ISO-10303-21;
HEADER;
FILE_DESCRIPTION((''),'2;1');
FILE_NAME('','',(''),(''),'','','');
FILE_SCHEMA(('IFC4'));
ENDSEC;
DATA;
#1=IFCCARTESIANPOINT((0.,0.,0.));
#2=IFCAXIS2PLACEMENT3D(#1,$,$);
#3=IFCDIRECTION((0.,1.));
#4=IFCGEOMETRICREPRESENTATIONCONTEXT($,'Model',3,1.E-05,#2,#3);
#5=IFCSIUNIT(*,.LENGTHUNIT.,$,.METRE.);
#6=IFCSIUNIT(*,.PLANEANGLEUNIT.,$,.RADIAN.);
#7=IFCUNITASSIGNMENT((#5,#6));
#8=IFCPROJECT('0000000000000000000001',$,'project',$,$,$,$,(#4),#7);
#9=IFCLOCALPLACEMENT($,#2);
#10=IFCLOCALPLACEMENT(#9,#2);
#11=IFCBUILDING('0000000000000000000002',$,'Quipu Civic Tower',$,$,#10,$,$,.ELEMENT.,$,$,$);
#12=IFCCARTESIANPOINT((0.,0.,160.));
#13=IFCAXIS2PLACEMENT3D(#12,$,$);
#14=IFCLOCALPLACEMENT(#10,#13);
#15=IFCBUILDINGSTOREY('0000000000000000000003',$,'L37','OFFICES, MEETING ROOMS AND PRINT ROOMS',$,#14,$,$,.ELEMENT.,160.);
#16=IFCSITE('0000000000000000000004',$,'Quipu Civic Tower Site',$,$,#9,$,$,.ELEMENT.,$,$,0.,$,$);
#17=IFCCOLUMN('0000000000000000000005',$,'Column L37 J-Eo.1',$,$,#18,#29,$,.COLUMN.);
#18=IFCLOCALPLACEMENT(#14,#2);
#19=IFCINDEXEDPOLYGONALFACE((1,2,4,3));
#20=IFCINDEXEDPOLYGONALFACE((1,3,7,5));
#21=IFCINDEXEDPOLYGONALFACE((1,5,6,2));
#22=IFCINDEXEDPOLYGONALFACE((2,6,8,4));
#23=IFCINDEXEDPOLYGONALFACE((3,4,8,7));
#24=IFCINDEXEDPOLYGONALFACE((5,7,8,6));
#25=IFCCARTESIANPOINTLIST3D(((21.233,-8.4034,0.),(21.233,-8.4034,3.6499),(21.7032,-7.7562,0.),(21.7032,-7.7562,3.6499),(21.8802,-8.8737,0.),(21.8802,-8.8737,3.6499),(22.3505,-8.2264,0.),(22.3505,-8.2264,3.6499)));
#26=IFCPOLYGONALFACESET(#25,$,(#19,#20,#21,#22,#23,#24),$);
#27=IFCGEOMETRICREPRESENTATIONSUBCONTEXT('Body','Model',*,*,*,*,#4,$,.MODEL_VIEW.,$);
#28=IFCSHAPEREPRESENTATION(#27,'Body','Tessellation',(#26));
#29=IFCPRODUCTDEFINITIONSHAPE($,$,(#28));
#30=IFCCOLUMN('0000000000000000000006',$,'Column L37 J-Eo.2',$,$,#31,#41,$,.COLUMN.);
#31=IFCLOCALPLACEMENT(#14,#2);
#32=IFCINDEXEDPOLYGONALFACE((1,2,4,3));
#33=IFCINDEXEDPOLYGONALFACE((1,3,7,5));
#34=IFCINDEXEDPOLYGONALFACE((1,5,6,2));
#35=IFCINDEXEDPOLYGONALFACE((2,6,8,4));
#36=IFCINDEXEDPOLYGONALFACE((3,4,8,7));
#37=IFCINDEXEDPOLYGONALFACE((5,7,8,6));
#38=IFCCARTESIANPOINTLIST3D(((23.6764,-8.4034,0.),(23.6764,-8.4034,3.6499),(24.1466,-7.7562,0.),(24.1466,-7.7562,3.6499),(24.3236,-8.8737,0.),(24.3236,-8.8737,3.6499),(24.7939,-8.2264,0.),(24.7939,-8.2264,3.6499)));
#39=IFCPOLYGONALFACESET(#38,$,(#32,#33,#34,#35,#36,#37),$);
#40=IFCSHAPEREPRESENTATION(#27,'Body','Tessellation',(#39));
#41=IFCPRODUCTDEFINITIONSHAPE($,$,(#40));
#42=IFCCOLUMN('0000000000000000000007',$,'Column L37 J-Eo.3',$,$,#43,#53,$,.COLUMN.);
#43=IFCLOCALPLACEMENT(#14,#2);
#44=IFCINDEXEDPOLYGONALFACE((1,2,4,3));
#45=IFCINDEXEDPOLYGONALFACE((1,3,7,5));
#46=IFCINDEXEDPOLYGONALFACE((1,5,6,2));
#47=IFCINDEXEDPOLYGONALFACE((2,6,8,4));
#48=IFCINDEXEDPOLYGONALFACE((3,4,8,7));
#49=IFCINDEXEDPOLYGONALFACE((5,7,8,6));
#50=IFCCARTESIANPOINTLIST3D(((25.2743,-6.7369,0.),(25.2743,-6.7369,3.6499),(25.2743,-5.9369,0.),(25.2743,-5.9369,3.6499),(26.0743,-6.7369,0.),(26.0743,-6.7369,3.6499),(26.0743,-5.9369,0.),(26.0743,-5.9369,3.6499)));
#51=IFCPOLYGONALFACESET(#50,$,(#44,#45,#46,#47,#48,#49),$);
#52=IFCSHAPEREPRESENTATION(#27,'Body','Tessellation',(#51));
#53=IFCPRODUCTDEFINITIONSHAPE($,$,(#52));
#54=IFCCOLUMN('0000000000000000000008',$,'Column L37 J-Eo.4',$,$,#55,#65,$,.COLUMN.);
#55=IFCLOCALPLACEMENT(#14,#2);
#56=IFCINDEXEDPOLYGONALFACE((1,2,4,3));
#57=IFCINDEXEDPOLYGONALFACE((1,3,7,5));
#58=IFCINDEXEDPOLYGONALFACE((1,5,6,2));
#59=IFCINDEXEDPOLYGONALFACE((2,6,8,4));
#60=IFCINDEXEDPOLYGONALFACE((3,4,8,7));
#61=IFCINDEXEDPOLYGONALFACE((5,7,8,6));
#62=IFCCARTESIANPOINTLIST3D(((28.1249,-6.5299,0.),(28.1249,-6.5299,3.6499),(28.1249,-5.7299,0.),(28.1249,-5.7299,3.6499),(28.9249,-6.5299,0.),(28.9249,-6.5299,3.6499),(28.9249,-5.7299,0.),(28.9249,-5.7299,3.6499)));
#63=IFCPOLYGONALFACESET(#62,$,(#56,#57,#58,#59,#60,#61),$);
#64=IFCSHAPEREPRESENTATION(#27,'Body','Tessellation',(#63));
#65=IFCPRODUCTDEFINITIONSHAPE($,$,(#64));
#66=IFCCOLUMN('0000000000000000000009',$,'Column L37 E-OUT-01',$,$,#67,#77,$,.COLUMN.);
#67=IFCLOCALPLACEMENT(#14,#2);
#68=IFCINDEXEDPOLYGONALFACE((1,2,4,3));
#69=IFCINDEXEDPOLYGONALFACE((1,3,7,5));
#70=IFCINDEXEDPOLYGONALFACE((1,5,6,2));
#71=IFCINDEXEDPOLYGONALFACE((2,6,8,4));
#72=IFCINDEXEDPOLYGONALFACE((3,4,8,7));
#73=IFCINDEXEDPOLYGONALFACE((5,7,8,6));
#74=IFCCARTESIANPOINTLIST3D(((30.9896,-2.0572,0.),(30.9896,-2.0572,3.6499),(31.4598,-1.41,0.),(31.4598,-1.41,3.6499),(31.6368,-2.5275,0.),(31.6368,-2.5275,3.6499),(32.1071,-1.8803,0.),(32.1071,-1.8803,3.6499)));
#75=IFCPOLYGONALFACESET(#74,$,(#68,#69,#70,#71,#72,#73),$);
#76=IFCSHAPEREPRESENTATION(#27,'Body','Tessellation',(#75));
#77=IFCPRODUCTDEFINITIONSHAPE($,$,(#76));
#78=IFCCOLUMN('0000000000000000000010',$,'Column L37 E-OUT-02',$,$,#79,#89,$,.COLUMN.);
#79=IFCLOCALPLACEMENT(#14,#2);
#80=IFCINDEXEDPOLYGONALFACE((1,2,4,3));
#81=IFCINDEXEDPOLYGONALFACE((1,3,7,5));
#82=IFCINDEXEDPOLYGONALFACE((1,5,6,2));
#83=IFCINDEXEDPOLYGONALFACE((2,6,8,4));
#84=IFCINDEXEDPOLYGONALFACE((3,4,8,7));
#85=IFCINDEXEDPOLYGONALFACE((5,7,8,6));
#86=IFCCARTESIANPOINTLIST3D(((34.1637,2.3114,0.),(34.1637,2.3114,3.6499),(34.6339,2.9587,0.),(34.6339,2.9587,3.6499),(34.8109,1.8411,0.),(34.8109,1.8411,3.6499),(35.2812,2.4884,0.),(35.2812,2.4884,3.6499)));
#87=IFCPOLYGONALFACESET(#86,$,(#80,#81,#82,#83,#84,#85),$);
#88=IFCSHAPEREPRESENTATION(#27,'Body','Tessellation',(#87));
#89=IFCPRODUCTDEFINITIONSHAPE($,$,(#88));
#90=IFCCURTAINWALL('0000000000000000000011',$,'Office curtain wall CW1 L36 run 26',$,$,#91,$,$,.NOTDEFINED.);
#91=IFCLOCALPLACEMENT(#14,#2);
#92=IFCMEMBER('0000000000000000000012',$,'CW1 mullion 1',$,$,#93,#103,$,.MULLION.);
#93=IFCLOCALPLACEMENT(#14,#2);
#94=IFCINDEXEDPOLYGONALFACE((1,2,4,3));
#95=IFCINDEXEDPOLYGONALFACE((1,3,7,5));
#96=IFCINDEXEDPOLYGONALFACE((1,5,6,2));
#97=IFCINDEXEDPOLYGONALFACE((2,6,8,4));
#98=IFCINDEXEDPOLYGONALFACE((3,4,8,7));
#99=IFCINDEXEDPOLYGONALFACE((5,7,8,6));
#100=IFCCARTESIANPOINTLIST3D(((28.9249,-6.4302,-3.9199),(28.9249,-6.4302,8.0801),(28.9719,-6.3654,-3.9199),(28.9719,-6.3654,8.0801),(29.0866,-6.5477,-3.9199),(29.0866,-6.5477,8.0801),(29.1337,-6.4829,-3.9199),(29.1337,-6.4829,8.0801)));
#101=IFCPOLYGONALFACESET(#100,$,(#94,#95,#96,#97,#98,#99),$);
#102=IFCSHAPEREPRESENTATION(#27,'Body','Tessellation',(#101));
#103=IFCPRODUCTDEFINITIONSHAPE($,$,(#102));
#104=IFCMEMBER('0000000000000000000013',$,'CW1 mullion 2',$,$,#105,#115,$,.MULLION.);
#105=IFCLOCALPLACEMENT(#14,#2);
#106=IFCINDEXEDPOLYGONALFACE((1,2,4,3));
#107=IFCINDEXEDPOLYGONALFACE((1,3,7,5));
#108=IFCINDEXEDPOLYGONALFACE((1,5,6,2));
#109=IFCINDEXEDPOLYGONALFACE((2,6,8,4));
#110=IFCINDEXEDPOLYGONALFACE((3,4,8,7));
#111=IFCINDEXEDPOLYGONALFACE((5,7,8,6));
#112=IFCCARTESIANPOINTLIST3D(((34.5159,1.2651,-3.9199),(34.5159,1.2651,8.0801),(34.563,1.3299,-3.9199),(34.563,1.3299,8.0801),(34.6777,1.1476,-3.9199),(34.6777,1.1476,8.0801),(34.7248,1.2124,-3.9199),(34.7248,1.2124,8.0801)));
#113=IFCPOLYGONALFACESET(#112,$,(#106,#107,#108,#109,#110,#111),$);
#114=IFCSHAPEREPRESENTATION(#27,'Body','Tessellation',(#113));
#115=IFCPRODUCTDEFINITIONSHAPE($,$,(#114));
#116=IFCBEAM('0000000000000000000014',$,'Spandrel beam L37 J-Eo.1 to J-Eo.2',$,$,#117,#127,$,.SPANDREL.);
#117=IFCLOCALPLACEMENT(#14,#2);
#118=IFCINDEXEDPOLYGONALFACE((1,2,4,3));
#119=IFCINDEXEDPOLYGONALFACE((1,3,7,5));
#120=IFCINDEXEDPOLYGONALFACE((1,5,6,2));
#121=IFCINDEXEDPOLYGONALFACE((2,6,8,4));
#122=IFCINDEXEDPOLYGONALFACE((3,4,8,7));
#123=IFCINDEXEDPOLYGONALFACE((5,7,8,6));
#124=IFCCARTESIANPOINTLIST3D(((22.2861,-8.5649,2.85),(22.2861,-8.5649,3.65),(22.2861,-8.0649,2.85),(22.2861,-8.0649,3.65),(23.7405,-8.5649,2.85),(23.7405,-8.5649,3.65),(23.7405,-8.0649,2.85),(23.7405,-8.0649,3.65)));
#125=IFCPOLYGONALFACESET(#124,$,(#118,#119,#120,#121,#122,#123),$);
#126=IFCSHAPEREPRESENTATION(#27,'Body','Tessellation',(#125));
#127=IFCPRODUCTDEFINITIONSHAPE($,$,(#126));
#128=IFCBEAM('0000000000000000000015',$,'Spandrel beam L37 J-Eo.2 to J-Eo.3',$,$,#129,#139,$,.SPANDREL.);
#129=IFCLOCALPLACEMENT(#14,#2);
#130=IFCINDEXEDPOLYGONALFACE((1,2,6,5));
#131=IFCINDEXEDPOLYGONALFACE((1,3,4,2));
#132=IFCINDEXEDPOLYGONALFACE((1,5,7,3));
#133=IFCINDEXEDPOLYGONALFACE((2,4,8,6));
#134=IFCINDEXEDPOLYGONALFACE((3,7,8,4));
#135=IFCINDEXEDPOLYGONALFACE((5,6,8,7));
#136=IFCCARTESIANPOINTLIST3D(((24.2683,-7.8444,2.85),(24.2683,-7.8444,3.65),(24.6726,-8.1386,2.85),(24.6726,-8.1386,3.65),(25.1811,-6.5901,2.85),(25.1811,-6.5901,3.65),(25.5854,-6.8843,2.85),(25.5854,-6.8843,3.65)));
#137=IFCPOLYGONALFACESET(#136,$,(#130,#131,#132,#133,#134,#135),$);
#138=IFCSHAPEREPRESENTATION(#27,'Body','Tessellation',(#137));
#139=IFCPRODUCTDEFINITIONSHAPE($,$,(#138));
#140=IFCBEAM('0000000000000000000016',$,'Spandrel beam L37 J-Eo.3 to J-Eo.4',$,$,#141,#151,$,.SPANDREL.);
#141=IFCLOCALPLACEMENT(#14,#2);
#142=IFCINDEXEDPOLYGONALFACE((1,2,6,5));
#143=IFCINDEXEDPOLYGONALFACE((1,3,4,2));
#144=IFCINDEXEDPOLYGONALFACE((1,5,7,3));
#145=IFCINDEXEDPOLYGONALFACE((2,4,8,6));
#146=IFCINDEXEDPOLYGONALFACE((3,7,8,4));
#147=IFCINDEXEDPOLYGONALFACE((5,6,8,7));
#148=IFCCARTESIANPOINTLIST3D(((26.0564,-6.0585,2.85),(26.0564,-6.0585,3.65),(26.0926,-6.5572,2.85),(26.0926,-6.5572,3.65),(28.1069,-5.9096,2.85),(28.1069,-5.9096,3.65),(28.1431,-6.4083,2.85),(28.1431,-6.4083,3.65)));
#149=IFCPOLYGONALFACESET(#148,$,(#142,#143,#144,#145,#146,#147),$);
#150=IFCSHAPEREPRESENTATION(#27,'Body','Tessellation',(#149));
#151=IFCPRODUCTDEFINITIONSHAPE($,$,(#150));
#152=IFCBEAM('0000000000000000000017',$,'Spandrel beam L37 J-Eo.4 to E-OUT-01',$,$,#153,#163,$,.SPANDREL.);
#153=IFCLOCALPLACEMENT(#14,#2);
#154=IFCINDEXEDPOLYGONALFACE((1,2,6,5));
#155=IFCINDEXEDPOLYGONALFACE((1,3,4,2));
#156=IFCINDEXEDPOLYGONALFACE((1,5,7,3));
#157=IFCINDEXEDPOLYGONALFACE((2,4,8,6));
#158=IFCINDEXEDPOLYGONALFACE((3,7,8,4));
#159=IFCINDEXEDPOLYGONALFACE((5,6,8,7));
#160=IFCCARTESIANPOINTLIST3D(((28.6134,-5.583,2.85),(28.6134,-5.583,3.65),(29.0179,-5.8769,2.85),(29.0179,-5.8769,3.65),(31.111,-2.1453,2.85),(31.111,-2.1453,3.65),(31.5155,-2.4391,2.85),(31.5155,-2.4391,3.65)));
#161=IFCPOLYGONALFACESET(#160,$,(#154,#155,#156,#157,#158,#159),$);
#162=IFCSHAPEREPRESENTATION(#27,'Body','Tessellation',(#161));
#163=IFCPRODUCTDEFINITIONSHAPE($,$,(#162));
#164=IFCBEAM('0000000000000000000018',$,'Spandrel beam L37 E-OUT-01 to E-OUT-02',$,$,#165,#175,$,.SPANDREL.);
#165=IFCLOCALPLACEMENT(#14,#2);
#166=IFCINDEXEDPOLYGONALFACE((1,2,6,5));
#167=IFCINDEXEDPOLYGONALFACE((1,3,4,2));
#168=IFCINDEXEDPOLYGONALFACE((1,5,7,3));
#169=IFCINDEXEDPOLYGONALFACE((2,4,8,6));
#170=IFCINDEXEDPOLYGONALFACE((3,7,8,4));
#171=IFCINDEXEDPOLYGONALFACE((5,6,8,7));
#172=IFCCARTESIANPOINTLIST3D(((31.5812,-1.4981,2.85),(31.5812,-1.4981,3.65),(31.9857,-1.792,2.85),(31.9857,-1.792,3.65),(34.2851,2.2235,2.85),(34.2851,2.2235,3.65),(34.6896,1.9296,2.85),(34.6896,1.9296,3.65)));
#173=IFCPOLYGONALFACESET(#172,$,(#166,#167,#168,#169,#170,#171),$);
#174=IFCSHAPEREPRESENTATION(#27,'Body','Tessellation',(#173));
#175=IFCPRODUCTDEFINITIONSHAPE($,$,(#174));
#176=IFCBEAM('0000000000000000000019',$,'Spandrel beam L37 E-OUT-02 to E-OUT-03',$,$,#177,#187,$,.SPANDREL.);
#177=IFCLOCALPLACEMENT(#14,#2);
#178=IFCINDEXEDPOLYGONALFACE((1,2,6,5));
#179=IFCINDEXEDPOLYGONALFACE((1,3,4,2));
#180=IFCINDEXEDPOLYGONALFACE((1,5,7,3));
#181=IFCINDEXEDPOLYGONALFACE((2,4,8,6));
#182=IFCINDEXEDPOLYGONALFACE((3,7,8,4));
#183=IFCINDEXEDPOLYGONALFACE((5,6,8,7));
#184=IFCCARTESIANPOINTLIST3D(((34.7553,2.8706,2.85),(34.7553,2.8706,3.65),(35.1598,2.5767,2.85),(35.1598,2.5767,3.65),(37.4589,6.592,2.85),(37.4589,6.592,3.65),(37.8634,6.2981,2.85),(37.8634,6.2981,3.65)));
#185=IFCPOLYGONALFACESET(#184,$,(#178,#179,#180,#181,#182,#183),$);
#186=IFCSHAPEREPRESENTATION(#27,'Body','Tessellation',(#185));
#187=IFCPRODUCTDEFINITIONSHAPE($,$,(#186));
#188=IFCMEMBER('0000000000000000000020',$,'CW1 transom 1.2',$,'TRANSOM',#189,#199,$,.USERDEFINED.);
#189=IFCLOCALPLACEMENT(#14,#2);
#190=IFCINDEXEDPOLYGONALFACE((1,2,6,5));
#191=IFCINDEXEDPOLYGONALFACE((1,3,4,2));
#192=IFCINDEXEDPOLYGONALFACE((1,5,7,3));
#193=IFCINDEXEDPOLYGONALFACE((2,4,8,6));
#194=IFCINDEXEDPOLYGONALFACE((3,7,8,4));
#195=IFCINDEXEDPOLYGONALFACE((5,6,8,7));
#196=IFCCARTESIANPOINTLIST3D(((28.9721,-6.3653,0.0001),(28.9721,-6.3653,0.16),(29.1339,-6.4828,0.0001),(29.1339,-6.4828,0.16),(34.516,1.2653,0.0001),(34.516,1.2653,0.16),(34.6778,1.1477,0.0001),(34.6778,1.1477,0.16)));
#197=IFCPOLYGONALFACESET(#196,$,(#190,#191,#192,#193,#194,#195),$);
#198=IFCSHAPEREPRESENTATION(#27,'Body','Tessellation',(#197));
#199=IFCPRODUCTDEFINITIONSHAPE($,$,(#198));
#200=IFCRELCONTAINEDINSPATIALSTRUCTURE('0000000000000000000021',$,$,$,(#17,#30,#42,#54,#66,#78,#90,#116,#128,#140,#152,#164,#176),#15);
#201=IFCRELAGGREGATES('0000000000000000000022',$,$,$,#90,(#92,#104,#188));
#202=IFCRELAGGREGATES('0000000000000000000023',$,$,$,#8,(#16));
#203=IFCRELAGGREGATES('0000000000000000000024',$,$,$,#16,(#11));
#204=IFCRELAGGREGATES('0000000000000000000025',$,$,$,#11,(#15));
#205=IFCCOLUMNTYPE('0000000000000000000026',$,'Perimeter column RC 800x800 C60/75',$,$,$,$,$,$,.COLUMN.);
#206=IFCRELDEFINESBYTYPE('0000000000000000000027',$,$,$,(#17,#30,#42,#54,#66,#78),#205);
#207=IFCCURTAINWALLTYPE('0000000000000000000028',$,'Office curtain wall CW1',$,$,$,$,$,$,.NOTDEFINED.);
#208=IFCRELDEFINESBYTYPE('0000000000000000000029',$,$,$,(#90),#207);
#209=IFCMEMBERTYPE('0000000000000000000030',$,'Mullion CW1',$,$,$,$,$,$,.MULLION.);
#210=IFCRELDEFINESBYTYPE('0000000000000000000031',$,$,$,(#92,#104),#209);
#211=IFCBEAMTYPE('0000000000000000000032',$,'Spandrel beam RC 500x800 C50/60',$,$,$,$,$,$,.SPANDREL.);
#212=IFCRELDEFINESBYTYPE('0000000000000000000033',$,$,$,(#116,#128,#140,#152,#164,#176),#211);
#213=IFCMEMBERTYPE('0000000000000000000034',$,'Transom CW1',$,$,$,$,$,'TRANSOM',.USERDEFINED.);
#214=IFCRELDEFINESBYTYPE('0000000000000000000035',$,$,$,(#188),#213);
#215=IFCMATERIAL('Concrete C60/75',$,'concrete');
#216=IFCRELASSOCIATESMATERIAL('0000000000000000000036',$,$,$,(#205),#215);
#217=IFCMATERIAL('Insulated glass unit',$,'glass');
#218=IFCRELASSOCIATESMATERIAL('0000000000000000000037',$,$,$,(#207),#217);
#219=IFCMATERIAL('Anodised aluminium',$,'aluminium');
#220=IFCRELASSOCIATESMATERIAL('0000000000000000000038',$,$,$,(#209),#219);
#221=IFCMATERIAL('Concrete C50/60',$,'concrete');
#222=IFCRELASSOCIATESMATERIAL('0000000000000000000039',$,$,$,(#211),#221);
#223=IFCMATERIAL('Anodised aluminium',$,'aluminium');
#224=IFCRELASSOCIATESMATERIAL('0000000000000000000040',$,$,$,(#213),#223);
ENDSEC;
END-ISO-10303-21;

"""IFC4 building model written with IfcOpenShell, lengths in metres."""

from ifc_helpers import new_model, si_unit, direction, frame, origin, origin_2d, place, context, subcontext, project, spatial, rectangle, extrude, material, material_profile, profile_set, type_object, element, aggregate, save


model = new_model("IFC4")

# Units and contexts
model_context = context("Model", 3, precision=1e-05, world=origin(), true_north=direction((0.0, 1.0)))
body_context = subcontext(model_context, "Body", "Model", "MODEL_VIEW")
ifc_project = project(units=[si_unit("LENGTHUNIT", "METRE"), si_unit("PLANEANGLEUNIT", "RADIAN")], contexts=[model_context])

# Site, building, storey
site_placement = place(None, origin())
site = spatial("IfcSite", under=ifc_project, at=site_placement, Name="Quipu Civic Tower Site", CompositionType="ELEMENT", RefElevation=0.0)
building_placement = place(site_placement, origin())
building = spatial("IfcBuilding", under=site, at=building_placement, Name="Quipu Civic Tower", CompositionType="ELEMENT")
storey_placement = place(building_placement, frame((0.0, 0.0, 160.0)))
storey = spatial("IfcBuildingStorey", under=building, at=storey_placement, Name="L37", Description="OFFICES, MEETING ROOMS AND PRINT ROOMS", CompositionType="ELEMENT", Elevation=160.0)

# Columns
ifc_material_1 = material(Name="Concrete C60/75", Category="concrete")
ifc_material_profile_1 = material_profile(ifc_material_1, rectangle(XDim=0.8, YDim=0.8, at=origin_2d()), Name="RC800x800")
ifc_profile_set_1 = profile_set([ifc_material_profile_1], Name="Concrete C60/75")
column_type = type_object("IfcColumnType", Name="Perimeter column RC 800x800 C60/75", PredefinedType="COLUMN", material=ifc_profile_set_1)
for number, where, z_axis, x_axis, name in (
    (1, (21.7917, -8.3149, 0.0), (0.0, 0.0, 1.0), (0.587785, 0.809017, 0.0), "Column L37 J-Eo.1"),
    (2, (24.2351, -8.3149, 0.0), (0.0, 0.0, 1.0), (0.587785, 0.809017, 0.0), "Column L37 J-Eo.2"),
    (3, (25.6743, -6.3369, 0.0), (0.0, 0.0, 1.0), (1.0, 0.0, 0.0), "Column L37 J-Eo.3"),
    (4, (28.5249, -6.1299, 0.0), (0.0, 0.0, 1.0), (1.0, 0.0, 0.0), "Column L37 J-Eo.4"),
    (5, (31.5483, -1.9688, 0.0), (0.0, 0.0, 1.0), (0.587785, 0.809017, 0.0), "Column L37 E-OUT-01"),
    (6, (34.7224, 2.3999, 0.0), (0.0, 0.0, 1.0), (0.587785, 0.809017, 0.0), "Column L37 E-OUT-02"),
):
    element("IfcColumn", number, at=place(storey_placement, frame(where, z_axis=z_axis, x_axis=x_axis)), inside=storey, type_object=column_type, Name=name, PredefinedType="COLUMN", context=body_context, shape_type="SweptSolid", body=[
        extrude(rectangle(XDim=0.8, YDim=0.8, at=origin_2d()), origin(), (0.0, 0.0, 1.0), 3.6499),
    ])

# Curtain wall, members
ifc_material_2 = material(Name="Insulated glass unit", Category="glass")
curtain_wall_type = type_object("IfcCurtainWallType", Name="Office curtain wall CW1", PredefinedType="NOTDEFINED", material=ifc_material_2)
curtain_wall_placement = place(storey_placement, origin())
curtain_wall = element("IfcCurtainWall", 7, at=curtain_wall_placement, inside=storey, type_object=curtain_wall_type, Name="Office curtain wall CW1 L36 run 26", PredefinedType="NOTDEFINED")
ifc_material_3 = material(Name="Anodised aluminium", Category="aluminium")
ifc_material_profile_2 = material_profile(ifc_material_3, rectangle(XDim=0.2, YDim=0.0801, at=origin_2d()), Name="RECT 200x80")
ifc_profile_set_2 = profile_set([ifc_material_profile_2], Name="Anodised aluminium")
member_type_1 = type_object("IfcMemberType", Name="Mullion CW1", PredefinedType="MULLION", material=ifc_profile_set_2)
member_1_placement = place(storey_placement, frame((29.0293, -6.4565, -3.9199), z_axis=(0.0, 0.0, 1.0), x_axis=(-0.809017, 0.587786, 0.0)))
member_1 = element("IfcMember", 8, at=member_1_placement, type_object=member_type_1, Name="CW1 mullion 1", PredefinedType="MULLION", context=body_context, shape_type="SweptSolid", body=[
    extrude(rectangle(XDim=0.2, YDim=0.0801, at=origin_2d()), origin(), (0.0, 0.0, 1.0), 12.0),
])
member_2_placement = place(storey_placement, frame((34.6204, 1.2388, -3.9199), z_axis=(0.0, 0.0, 1.0), x_axis=(-0.809017, 0.587786, 0.0)))
member_2 = element("IfcMember", 9, at=member_2_placement, type_object=member_type_1, Name="CW1 mullion 2", PredefinedType="MULLION", context=body_context, shape_type="SweptSolid", body=[
    extrude(rectangle(XDim=0.2, YDim=0.0801, at=origin_2d()), origin(), (0.0, 0.0, 1.0), 12.0),
])

# Beams
ifc_material_4 = material(Name="Concrete C50/60", Category="concrete")
ifc_material_profile_3 = material_profile(ifc_material_4, rectangle(XDim=0.5, YDim=0.8, at=origin_2d()), Name="RC500x800")
ifc_profile_set_3 = profile_set([ifc_material_profile_3], Name="Concrete C50/60")
beam_type = type_object("IfcBeamType", Name="Spandrel beam RC 500x800 C50/60", PredefinedType="SPANDREL", material=ifc_profile_set_3)
beam_1_placement = place(storey_placement, frame((22.2861, -8.3149, 3.25), z_axis=(1.0, 0.0, 0.0), x_axis=(0.0, 1.0, 0.0)))
element("IfcBeam", 10, at=beam_1_placement, inside=storey, type_object=beam_type, Name="Spandrel beam L37 J-Eo.1 to J-Eo.2", PredefinedType="SPANDREL", context=body_context, shape_type="SweptSolid", body=[
    extrude(rectangle(XDim=0.5, YDim=0.8, at=origin_2d()), origin(), (0.0, 0.0, 1.0), 1.4543),
])
beam_2_placement = place(storey_placement, frame((24.4705, -7.9915, 3.25), z_axis=(0.588406, 0.808566, 0.0), x_axis=(-0.808566, 0.588406, 0.0)))
element("IfcBeam", 11, at=beam_2_placement, inside=storey, type_object=beam_type, Name="Spandrel beam L37 J-Eo.2 to J-Eo.3", PredefinedType="SPANDREL", context=body_context, shape_type="SweptSolid", body=[
    extrude(rectangle(XDim=0.5, YDim=0.8, at=origin_2d()), origin(), (0.0, 0.0, 1.0), 1.5513),
])
beam_3_placement = place(storey_placement, frame((26.0745, -6.3079, 3.25), z_axis=(0.997373, 0.072437, 0.0), x_axis=(-0.072437, 0.997373, 0.0)))
element("IfcBeam", 12, at=beam_3_placement, inside=storey, type_object=beam_type, Name="Spandrel beam L37 J-Eo.3 to J-Eo.4", PredefinedType="SPANDREL", context=body_context, shape_type="SweptSolid", body=[
    extrude(rectangle(XDim=0.5, YDim=0.8, at=origin_2d()), origin(), (0.0, 0.0, 1.0), 2.0559),
])
beam_4_placement = place(storey_placement, frame((28.8157, -5.73, 3.25), z_axis=(0.587769, 0.809029, 0.0), x_axis=(-0.809029, 0.587769, 0.0)))
element("IfcBeam", 13, at=beam_4_placement, inside=storey, type_object=beam_type, Name="Spandrel beam L37 J-Eo.4 to E-OUT-01", PredefinedType="SPANDREL", context=body_context, shape_type="SweptSolid", body=[
    extrude(rectangle(XDim=0.5, YDim=0.8, at=origin_2d()), origin(), (0.0, 0.0, 1.0), 4.2493),
])
beam_5_placement = place(storey_placement, frame((31.7834, -1.645, 3.25), z_axis=(0.587796, 0.809009, 0.0), x_axis=(-0.809009, 0.587796, 0.0)))
element("IfcBeam", 14, at=beam_5_placement, inside=storey, type_object=beam_type, Name="Spandrel beam L37 E-OUT-01 to E-OUT-02", PredefinedType="SPANDREL", context=body_context, shape_type="SweptSolid", body=[
    extrude(rectangle(XDim=0.5, YDim=0.8, at=origin_2d()), origin(), (0.0, 0.0, 1.0), 4.6001),
])
beam_6_placement = place(storey_placement, frame((34.9575, 2.7236, 3.25), z_axis=(0.587761, 0.809034, 0.0), x_axis=(-0.809034, 0.587761, 0.0)))
element("IfcBeam", 15, at=beam_6_placement, inside=storey, type_object=beam_type, Name="Spandrel beam L37 E-OUT-02 to E-OUT-03", PredefinedType="SPANDREL", context=body_context, shape_type="SweptSolid", body=[
    extrude(rectangle(XDim=0.5, YDim=0.8, at=origin_2d()), origin(), (0.0, 0.0, 1.0), 4.5999),
])

# Member
ifc_material_5 = material(Name="Anodised aluminium", Category="aluminium")
ifc_material_profile_4 = material_profile(ifc_material_5, rectangle(XDim=0.2, YDim=0.1599, at=origin_2d()), Name="RECT 200x160")
ifc_profile_set_4 = profile_set([ifc_material_profile_4], Name="Anodised aluminium")
member_type_2 = type_object("IfcMemberType", Name="Transom CW1", ElementType="TRANSOM", PredefinedType="USERDEFINED", material=ifc_profile_set_4)
member_3_placement = place(storey_placement, frame((29.053, -6.4241, 0.0801), z_axis=(0.587784, 0.809018, 0.0), x_axis=(-0.809018, 0.587784, 0.0)))
member_3 = element("IfcMember", 16, at=member_3_placement, type_object=member_type_2, Name="CW1 transom 1.2", ObjectType="TRANSOM", PredefinedType="USERDEFINED", context=body_context, shape_type="SweptSolid", body=[
    extrude(rectangle(XDim=0.2, YDim=0.1599, at=origin_2d()), origin(), (0.0, 0.0, 1.0), 9.4319),
])

aggregate(curtain_wall, [member_1, member_2, member_3])

save(model, "model.ifc")
